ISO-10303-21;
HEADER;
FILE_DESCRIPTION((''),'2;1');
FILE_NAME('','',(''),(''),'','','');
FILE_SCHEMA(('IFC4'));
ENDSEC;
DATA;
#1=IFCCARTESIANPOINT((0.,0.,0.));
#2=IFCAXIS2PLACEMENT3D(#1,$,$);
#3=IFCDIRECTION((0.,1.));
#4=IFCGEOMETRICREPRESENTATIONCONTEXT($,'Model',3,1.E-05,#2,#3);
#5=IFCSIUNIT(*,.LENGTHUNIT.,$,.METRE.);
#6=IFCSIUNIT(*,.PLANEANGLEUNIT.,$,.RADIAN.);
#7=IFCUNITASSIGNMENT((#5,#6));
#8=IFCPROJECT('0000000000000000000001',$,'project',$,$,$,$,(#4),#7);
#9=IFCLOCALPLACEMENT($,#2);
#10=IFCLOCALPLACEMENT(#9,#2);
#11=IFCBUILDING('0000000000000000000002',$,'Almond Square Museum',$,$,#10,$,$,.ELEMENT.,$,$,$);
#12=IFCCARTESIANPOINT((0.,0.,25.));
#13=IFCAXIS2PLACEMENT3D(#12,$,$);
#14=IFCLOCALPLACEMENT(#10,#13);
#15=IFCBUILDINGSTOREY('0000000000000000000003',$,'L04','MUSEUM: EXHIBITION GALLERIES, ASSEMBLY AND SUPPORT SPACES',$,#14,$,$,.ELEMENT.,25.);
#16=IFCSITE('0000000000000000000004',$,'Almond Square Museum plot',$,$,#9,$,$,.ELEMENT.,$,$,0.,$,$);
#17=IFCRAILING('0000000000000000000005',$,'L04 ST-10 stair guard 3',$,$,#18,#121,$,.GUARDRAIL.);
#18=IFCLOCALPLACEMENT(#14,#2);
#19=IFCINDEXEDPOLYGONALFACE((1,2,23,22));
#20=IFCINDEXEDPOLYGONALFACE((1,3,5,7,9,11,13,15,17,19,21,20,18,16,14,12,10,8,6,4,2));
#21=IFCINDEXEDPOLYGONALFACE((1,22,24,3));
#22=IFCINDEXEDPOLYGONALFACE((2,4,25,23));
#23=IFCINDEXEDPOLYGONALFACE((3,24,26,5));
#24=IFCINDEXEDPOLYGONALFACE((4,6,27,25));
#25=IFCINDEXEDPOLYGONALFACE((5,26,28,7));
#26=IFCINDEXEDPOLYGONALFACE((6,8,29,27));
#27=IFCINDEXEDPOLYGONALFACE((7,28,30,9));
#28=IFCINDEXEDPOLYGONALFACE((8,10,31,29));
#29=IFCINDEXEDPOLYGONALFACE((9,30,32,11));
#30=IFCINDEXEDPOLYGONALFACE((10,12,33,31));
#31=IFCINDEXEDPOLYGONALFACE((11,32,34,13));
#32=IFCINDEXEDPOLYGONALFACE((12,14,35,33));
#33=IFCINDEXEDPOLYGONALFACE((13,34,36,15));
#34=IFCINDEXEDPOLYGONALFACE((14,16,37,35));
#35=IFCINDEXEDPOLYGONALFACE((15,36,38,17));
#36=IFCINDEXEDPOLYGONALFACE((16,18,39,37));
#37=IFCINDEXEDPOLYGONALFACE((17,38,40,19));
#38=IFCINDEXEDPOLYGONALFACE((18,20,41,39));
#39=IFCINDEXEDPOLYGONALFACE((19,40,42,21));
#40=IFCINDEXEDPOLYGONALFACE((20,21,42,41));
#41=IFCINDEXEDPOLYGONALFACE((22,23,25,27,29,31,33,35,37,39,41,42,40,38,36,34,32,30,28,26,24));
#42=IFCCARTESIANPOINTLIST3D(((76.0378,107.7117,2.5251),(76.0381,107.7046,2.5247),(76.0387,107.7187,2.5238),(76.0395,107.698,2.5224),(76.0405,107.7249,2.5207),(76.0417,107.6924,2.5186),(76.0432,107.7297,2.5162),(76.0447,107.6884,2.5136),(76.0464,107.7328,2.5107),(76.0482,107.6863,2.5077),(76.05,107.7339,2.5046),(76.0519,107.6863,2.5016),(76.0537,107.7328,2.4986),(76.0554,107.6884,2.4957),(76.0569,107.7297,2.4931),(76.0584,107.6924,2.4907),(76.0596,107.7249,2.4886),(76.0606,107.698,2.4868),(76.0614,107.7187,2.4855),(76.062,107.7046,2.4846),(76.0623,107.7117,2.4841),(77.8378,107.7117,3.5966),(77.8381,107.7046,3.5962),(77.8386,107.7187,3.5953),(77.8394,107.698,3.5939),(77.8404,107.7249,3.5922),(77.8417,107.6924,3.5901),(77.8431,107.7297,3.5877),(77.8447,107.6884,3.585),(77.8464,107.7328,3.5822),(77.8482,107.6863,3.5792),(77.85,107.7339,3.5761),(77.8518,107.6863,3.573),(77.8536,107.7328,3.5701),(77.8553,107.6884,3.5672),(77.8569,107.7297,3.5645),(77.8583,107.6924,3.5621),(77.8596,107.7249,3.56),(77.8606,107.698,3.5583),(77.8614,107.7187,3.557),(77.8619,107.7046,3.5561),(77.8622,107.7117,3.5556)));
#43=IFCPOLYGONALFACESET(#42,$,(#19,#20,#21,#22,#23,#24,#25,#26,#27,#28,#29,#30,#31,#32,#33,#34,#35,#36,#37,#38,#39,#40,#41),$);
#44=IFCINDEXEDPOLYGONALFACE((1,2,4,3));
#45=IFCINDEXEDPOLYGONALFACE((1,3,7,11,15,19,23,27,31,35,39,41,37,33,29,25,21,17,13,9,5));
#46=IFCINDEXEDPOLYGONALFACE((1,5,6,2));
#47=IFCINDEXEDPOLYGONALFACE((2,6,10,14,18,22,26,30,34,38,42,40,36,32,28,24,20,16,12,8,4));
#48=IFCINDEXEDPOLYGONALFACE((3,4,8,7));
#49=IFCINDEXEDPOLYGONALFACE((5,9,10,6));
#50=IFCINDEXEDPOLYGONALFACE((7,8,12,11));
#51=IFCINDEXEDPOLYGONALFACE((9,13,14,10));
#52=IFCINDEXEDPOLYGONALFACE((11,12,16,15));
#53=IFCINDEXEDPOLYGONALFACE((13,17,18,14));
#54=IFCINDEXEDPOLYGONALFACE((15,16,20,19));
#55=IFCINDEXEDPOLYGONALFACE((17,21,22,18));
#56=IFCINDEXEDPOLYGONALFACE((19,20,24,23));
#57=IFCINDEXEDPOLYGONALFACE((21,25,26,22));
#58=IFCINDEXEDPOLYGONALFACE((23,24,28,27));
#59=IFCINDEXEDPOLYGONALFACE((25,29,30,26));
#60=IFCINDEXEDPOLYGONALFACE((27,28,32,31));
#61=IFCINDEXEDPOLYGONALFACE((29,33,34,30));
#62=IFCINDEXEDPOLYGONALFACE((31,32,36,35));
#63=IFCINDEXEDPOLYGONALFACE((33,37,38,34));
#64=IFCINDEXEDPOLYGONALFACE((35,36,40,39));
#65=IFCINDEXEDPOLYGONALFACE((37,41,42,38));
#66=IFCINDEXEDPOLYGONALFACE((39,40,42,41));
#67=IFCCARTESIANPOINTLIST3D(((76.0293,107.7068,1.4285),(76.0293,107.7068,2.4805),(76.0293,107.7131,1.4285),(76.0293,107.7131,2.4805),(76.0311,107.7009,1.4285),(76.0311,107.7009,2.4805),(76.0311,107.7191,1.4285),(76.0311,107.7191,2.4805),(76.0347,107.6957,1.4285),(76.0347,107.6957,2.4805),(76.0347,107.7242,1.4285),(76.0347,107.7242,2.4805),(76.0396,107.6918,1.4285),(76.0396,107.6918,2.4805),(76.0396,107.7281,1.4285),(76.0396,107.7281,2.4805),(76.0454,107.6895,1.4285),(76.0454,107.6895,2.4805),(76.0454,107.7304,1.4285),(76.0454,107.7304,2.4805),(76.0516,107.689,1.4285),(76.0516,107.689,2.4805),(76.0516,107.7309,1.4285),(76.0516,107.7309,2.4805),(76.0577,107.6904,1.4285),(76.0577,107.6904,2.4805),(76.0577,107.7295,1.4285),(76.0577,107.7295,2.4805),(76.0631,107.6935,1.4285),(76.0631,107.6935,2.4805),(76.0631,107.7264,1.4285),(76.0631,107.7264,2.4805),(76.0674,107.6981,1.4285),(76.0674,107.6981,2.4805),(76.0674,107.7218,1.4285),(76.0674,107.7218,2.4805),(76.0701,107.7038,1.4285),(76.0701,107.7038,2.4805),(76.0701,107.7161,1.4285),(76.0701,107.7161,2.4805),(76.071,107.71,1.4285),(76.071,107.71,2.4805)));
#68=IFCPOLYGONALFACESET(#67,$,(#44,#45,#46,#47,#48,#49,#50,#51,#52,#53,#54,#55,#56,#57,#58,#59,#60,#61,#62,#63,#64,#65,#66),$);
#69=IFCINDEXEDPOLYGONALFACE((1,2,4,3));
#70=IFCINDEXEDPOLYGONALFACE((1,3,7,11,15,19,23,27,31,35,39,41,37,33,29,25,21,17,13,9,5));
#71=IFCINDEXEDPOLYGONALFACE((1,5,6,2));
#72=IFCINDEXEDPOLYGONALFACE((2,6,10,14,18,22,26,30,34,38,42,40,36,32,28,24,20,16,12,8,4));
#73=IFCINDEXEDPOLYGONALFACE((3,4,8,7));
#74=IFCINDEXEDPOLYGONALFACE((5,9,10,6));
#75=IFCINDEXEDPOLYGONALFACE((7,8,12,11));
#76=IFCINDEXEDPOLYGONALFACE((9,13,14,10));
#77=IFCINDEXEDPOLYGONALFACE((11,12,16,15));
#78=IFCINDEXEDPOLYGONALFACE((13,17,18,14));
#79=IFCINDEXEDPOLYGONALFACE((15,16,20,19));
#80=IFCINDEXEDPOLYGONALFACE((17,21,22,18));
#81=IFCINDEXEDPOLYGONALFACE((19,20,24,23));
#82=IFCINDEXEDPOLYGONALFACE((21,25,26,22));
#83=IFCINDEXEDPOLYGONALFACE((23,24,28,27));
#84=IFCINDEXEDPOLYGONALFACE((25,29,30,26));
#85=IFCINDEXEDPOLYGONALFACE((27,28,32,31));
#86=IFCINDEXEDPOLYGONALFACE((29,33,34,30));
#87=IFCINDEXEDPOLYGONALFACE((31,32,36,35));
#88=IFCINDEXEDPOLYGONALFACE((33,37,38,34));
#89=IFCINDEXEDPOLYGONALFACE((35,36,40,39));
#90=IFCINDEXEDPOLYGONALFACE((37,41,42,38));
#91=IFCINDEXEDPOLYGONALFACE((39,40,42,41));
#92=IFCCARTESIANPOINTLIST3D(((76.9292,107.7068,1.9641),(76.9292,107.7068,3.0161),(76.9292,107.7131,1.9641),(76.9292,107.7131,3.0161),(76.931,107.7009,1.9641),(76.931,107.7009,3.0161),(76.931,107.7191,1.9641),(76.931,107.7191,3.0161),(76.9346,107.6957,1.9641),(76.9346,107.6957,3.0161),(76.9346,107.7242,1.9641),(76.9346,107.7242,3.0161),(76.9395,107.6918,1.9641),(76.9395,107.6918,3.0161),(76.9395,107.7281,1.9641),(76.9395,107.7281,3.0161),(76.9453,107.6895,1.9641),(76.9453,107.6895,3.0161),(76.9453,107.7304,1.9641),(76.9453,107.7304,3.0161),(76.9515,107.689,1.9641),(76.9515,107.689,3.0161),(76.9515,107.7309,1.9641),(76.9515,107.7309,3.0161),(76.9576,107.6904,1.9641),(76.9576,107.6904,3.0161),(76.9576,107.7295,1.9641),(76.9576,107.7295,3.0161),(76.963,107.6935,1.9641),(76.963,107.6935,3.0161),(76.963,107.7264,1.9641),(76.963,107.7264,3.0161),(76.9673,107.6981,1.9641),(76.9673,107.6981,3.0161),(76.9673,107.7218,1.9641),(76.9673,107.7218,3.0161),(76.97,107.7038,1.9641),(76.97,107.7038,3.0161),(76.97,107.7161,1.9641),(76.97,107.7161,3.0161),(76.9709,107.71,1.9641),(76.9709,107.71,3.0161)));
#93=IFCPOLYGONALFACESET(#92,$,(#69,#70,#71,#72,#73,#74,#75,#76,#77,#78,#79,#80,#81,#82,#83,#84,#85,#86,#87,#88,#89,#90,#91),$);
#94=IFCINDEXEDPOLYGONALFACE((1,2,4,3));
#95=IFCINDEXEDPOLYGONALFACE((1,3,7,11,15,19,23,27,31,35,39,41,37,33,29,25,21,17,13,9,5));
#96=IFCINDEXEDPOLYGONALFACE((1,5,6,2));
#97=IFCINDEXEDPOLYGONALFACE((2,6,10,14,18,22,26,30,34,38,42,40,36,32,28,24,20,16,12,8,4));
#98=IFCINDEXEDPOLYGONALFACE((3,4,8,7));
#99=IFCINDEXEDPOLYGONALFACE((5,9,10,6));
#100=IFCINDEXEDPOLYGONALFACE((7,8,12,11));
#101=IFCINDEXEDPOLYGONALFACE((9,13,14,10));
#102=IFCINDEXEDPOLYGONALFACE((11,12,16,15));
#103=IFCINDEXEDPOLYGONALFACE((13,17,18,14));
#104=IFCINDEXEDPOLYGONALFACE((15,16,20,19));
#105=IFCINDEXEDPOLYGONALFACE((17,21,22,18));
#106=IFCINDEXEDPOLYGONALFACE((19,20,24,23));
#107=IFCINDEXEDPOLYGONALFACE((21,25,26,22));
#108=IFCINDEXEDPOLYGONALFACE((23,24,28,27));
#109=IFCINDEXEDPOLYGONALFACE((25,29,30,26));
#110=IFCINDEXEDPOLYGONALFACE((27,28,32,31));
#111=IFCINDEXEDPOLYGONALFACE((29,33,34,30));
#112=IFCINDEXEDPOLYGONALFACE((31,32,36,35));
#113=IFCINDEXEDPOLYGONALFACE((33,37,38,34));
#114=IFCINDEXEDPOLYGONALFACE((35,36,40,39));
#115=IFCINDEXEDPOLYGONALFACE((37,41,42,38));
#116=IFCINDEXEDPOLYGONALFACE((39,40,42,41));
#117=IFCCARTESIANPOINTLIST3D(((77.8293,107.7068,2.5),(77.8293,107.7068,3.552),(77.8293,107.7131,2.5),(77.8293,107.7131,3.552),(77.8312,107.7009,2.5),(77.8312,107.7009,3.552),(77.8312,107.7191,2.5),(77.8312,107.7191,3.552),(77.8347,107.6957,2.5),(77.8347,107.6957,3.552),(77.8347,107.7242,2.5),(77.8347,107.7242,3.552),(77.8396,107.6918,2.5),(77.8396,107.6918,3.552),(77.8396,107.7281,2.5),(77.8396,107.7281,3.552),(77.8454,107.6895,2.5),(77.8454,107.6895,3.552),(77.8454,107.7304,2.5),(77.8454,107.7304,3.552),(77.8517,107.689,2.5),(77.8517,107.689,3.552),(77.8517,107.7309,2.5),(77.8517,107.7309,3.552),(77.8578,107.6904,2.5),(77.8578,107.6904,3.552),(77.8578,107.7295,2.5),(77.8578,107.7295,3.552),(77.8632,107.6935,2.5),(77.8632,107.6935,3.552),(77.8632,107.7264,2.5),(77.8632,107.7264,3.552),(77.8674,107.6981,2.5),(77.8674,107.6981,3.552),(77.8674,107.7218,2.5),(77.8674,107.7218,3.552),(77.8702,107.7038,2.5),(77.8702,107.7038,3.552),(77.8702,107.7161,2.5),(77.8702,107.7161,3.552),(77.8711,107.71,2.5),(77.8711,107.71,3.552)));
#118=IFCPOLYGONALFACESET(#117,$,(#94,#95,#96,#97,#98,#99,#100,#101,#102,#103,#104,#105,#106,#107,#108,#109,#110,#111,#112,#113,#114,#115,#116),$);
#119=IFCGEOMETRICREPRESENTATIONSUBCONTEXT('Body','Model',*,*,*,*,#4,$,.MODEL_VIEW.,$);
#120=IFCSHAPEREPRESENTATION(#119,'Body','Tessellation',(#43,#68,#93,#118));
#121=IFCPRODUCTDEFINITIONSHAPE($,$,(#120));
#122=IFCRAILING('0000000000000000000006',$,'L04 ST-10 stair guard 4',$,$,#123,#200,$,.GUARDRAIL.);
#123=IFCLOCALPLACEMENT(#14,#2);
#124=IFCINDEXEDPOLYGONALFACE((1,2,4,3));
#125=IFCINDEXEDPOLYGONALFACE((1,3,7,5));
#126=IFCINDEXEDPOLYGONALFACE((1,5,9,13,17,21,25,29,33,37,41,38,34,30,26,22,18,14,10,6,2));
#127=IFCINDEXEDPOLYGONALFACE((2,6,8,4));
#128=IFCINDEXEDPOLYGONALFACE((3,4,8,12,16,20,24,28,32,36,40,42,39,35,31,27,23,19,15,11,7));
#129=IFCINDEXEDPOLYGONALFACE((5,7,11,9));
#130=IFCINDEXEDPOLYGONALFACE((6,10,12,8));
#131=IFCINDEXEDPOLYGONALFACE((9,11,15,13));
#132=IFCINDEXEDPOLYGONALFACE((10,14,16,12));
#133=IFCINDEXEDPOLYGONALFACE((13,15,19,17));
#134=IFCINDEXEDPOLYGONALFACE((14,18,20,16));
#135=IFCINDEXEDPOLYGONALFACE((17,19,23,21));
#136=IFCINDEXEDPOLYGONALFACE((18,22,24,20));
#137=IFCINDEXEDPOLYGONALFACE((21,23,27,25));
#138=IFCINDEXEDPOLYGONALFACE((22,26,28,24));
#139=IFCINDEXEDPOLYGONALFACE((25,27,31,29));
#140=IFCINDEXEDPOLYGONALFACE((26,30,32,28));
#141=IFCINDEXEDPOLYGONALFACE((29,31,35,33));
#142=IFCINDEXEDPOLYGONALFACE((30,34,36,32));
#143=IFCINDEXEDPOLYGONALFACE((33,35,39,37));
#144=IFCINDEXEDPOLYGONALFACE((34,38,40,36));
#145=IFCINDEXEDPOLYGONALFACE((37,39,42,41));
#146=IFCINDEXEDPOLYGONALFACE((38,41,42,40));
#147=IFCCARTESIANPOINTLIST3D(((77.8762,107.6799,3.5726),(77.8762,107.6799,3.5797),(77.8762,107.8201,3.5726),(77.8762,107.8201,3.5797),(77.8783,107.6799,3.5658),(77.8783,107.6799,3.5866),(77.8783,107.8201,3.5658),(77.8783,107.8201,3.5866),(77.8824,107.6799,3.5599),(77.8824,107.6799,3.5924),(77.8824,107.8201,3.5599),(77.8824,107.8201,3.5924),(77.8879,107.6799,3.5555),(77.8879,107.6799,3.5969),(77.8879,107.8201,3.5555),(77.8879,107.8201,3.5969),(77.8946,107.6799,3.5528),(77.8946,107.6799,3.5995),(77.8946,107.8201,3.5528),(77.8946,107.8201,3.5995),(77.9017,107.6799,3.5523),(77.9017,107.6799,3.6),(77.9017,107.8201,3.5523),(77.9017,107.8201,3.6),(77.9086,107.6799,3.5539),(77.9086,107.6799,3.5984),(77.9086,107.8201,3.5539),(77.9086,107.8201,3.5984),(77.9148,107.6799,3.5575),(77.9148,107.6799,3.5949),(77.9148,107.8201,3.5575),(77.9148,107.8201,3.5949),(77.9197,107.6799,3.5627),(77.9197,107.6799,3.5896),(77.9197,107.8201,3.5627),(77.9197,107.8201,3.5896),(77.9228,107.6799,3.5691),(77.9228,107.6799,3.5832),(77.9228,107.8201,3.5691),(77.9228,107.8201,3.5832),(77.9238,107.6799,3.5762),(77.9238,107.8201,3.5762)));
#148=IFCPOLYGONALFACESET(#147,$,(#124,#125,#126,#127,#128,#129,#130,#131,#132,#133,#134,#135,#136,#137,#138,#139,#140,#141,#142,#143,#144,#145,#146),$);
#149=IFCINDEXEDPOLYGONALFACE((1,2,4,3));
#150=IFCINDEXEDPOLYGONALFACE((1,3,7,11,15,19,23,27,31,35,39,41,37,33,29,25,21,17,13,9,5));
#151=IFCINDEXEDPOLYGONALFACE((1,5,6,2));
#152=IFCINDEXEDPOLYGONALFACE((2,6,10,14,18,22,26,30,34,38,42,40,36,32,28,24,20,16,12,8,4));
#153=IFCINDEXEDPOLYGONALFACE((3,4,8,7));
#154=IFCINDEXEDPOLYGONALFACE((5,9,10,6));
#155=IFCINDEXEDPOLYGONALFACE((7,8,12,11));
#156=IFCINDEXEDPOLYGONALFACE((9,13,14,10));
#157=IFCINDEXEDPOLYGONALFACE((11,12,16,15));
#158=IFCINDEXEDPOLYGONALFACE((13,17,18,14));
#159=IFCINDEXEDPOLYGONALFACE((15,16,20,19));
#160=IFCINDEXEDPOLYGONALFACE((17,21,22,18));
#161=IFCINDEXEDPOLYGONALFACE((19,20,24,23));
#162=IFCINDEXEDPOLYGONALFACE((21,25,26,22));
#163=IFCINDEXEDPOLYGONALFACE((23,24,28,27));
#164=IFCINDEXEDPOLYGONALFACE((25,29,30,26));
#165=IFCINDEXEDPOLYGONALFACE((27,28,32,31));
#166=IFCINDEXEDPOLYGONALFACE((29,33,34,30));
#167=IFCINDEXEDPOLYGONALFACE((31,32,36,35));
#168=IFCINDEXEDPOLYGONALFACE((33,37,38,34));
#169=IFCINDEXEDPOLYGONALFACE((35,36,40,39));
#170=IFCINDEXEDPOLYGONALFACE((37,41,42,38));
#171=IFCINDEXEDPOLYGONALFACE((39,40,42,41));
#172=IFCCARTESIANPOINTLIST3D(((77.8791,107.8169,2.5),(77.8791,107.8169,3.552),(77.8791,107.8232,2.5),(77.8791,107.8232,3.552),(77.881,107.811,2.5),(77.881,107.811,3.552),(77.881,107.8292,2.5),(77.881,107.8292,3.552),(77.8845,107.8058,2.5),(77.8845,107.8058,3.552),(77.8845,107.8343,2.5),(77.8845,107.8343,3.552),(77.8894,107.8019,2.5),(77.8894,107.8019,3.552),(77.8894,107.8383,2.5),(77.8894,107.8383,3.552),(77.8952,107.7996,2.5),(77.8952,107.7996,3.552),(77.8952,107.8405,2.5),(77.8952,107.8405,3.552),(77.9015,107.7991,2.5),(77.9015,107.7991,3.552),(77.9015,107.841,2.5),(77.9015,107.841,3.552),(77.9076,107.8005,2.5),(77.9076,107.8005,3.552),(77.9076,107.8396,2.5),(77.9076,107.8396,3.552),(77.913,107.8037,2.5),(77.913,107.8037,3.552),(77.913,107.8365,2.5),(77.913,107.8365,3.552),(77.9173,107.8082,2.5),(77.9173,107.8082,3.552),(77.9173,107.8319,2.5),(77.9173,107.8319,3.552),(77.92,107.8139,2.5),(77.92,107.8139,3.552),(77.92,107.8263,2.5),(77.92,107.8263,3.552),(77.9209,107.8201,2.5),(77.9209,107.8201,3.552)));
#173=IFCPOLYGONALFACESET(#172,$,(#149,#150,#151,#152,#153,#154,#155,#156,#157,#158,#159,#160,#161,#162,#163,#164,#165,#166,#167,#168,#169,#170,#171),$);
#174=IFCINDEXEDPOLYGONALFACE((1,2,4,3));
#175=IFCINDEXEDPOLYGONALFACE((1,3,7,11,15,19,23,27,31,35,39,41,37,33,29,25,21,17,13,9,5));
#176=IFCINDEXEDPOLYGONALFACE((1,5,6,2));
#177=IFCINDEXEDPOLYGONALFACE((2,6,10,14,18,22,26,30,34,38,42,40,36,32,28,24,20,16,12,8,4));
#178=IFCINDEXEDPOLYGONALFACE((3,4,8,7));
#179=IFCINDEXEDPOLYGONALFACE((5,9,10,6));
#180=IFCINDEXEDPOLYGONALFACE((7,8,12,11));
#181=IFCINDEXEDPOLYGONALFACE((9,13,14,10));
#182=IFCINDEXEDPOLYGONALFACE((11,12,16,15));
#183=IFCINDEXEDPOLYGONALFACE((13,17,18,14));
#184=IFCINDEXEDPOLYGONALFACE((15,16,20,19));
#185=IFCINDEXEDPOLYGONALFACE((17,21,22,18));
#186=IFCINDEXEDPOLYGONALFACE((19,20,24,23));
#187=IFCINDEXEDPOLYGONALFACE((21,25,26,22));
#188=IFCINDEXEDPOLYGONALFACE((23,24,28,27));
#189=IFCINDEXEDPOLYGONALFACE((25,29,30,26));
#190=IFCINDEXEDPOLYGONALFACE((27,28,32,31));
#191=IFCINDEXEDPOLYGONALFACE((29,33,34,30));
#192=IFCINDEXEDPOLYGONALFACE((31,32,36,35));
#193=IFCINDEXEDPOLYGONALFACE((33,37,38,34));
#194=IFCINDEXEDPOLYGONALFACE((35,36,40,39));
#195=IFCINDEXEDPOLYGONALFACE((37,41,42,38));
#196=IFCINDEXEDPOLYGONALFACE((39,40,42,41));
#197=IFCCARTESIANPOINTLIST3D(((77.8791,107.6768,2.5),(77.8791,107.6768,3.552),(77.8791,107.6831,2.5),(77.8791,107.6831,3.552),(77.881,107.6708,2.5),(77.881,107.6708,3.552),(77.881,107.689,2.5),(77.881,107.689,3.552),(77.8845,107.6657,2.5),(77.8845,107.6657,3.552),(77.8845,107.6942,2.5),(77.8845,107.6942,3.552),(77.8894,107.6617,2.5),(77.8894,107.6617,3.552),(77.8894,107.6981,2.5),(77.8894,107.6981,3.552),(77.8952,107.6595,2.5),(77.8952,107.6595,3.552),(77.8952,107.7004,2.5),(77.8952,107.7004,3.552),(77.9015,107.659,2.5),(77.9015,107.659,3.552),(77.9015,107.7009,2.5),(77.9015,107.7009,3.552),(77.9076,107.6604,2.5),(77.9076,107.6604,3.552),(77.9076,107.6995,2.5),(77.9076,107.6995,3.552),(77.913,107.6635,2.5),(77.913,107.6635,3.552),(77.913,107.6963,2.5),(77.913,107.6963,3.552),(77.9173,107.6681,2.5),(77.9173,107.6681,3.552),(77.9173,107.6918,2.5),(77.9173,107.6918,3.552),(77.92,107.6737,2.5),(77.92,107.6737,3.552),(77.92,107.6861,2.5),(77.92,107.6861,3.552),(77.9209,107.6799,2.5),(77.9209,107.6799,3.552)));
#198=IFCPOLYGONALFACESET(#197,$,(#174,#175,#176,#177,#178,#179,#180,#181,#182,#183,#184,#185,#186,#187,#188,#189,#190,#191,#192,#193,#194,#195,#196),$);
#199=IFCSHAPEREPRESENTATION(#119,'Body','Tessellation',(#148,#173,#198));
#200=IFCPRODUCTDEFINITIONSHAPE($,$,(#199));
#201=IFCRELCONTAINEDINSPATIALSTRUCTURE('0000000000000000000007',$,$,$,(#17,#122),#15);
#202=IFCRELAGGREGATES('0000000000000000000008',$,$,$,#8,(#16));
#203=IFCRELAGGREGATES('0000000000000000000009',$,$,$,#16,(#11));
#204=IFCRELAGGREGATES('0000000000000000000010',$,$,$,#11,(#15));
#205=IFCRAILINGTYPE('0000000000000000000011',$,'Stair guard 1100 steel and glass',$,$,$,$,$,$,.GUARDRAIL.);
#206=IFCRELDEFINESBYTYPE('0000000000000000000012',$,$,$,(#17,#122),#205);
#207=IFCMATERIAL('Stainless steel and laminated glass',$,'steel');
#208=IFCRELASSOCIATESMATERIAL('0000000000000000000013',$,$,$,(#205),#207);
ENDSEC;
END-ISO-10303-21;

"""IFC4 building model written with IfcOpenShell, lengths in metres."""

from ifc_helpers import new_model, si_unit, direction, frame, origin, origin_2d, place, context, subcontext, project, spatial, circle, extrude, material, type_object, element, save


model = new_model("IFC4")

# Units and contexts
model_context = context("Model", 3, precision=1e-05, world=origin(), true_north=direction((0.0, 1.0)))
body_context = subcontext(model_context, "Body", "Model", "MODEL_VIEW")
ifc_project = project(units=[si_unit("LENGTHUNIT", "METRE"), si_unit("PLANEANGLEUNIT", "RADIAN")], contexts=[model_context])

# Site, building, storey
site_placement = place(None, origin())
site = spatial("IfcSite", under=ifc_project, at=site_placement, Name="Almond Square Museum plot", CompositionType="ELEMENT", RefElevation=0.0)
building_placement = place(site_placement, origin())
building = spatial("IfcBuilding", under=site, at=building_placement, Name="Almond Square Museum", CompositionType="ELEMENT")
storey_placement = place(building_placement, frame((0.0, 0.0, 25.0)))
storey = spatial("IfcBuildingStorey", under=building, at=storey_placement, Name="L04", Description="MUSEUM: EXHIBITION GALLERIES, ASSEMBLY AND SUPPORT SPACES", CompositionType="ELEMENT", Elevation=25.0)

# Railings
ifc_material_1 = material(Name="Stainless steel and laminated glass", Category="steel")
railing_type_1 = type_object("IfcRailingType", Name="Stair guard 1100 steel and glass", PredefinedType="GUARDRAIL", material=ifc_material_1)
railing_1_placement = place(storey_placement, frame((76.05, 107.71, 1.4285)))
element("IfcRailing", 1, at=railing_1_placement, inside=storey, type_object=railing_type_1, Name="L04 ST-10 stair guard 3", PredefinedType="GUARDRAIL", context=body_context, shape_type="SweptSolid", body=[
    extrude(circle(Radius=0.0239, at=origin_2d()), frame((0.0, 0.0, 1.0762), z_axis=(0.859277, 0.0, 0.51151), x_axis=(0.0, 1.0, 0.0)), (0.0, 0.0, 1.0), 2.0947),
    extrude(circle(Radius=0.021, at=origin_2d()), origin(), (0.0, 0.0, 1.0), 1.052),
    extrude(circle(Radius=0.021, at=origin_2d()), frame((0.8999, 0.0, 0.5356)), (0.0, 0.0, 1.0), 1.052),
    extrude(circle(Radius=0.021, at=origin_2d()), frame((1.8, 0.0, 1.0715)), (0.0, 0.0, 1.0), 1.052),
])
railing_2_placement = place(storey_placement, frame((77.8999, 107.8201, 2.5)))
element("IfcRailing", 2, at=railing_2_placement, inside=storey, type_object=railing_type_1, Name="L04 ST-10 stair guard 4", PredefinedType="GUARDRAIL", context=body_context, shape_type="SweptSolid", body=[
    extrude(circle(Radius=0.0239, at=origin_2d()), frame((0.0, 0.0, 1.0762), z_axis=(0.0, -1.0, 0.0), x_axis=(1.0, 0.0, 0.0)), (0.0, 0.0, 1.0), 0.1401),
    extrude(circle(Radius=0.021, at=origin_2d()), origin(), (0.0, 0.0, 1.0), 1.052),
    extrude(circle(Radius=0.021, at=origin_2d()), frame((0.0, -0.1401, 0.0)), (0.0, 0.0, 1.0), 1.052),
])

save(model, "model.ifc")
